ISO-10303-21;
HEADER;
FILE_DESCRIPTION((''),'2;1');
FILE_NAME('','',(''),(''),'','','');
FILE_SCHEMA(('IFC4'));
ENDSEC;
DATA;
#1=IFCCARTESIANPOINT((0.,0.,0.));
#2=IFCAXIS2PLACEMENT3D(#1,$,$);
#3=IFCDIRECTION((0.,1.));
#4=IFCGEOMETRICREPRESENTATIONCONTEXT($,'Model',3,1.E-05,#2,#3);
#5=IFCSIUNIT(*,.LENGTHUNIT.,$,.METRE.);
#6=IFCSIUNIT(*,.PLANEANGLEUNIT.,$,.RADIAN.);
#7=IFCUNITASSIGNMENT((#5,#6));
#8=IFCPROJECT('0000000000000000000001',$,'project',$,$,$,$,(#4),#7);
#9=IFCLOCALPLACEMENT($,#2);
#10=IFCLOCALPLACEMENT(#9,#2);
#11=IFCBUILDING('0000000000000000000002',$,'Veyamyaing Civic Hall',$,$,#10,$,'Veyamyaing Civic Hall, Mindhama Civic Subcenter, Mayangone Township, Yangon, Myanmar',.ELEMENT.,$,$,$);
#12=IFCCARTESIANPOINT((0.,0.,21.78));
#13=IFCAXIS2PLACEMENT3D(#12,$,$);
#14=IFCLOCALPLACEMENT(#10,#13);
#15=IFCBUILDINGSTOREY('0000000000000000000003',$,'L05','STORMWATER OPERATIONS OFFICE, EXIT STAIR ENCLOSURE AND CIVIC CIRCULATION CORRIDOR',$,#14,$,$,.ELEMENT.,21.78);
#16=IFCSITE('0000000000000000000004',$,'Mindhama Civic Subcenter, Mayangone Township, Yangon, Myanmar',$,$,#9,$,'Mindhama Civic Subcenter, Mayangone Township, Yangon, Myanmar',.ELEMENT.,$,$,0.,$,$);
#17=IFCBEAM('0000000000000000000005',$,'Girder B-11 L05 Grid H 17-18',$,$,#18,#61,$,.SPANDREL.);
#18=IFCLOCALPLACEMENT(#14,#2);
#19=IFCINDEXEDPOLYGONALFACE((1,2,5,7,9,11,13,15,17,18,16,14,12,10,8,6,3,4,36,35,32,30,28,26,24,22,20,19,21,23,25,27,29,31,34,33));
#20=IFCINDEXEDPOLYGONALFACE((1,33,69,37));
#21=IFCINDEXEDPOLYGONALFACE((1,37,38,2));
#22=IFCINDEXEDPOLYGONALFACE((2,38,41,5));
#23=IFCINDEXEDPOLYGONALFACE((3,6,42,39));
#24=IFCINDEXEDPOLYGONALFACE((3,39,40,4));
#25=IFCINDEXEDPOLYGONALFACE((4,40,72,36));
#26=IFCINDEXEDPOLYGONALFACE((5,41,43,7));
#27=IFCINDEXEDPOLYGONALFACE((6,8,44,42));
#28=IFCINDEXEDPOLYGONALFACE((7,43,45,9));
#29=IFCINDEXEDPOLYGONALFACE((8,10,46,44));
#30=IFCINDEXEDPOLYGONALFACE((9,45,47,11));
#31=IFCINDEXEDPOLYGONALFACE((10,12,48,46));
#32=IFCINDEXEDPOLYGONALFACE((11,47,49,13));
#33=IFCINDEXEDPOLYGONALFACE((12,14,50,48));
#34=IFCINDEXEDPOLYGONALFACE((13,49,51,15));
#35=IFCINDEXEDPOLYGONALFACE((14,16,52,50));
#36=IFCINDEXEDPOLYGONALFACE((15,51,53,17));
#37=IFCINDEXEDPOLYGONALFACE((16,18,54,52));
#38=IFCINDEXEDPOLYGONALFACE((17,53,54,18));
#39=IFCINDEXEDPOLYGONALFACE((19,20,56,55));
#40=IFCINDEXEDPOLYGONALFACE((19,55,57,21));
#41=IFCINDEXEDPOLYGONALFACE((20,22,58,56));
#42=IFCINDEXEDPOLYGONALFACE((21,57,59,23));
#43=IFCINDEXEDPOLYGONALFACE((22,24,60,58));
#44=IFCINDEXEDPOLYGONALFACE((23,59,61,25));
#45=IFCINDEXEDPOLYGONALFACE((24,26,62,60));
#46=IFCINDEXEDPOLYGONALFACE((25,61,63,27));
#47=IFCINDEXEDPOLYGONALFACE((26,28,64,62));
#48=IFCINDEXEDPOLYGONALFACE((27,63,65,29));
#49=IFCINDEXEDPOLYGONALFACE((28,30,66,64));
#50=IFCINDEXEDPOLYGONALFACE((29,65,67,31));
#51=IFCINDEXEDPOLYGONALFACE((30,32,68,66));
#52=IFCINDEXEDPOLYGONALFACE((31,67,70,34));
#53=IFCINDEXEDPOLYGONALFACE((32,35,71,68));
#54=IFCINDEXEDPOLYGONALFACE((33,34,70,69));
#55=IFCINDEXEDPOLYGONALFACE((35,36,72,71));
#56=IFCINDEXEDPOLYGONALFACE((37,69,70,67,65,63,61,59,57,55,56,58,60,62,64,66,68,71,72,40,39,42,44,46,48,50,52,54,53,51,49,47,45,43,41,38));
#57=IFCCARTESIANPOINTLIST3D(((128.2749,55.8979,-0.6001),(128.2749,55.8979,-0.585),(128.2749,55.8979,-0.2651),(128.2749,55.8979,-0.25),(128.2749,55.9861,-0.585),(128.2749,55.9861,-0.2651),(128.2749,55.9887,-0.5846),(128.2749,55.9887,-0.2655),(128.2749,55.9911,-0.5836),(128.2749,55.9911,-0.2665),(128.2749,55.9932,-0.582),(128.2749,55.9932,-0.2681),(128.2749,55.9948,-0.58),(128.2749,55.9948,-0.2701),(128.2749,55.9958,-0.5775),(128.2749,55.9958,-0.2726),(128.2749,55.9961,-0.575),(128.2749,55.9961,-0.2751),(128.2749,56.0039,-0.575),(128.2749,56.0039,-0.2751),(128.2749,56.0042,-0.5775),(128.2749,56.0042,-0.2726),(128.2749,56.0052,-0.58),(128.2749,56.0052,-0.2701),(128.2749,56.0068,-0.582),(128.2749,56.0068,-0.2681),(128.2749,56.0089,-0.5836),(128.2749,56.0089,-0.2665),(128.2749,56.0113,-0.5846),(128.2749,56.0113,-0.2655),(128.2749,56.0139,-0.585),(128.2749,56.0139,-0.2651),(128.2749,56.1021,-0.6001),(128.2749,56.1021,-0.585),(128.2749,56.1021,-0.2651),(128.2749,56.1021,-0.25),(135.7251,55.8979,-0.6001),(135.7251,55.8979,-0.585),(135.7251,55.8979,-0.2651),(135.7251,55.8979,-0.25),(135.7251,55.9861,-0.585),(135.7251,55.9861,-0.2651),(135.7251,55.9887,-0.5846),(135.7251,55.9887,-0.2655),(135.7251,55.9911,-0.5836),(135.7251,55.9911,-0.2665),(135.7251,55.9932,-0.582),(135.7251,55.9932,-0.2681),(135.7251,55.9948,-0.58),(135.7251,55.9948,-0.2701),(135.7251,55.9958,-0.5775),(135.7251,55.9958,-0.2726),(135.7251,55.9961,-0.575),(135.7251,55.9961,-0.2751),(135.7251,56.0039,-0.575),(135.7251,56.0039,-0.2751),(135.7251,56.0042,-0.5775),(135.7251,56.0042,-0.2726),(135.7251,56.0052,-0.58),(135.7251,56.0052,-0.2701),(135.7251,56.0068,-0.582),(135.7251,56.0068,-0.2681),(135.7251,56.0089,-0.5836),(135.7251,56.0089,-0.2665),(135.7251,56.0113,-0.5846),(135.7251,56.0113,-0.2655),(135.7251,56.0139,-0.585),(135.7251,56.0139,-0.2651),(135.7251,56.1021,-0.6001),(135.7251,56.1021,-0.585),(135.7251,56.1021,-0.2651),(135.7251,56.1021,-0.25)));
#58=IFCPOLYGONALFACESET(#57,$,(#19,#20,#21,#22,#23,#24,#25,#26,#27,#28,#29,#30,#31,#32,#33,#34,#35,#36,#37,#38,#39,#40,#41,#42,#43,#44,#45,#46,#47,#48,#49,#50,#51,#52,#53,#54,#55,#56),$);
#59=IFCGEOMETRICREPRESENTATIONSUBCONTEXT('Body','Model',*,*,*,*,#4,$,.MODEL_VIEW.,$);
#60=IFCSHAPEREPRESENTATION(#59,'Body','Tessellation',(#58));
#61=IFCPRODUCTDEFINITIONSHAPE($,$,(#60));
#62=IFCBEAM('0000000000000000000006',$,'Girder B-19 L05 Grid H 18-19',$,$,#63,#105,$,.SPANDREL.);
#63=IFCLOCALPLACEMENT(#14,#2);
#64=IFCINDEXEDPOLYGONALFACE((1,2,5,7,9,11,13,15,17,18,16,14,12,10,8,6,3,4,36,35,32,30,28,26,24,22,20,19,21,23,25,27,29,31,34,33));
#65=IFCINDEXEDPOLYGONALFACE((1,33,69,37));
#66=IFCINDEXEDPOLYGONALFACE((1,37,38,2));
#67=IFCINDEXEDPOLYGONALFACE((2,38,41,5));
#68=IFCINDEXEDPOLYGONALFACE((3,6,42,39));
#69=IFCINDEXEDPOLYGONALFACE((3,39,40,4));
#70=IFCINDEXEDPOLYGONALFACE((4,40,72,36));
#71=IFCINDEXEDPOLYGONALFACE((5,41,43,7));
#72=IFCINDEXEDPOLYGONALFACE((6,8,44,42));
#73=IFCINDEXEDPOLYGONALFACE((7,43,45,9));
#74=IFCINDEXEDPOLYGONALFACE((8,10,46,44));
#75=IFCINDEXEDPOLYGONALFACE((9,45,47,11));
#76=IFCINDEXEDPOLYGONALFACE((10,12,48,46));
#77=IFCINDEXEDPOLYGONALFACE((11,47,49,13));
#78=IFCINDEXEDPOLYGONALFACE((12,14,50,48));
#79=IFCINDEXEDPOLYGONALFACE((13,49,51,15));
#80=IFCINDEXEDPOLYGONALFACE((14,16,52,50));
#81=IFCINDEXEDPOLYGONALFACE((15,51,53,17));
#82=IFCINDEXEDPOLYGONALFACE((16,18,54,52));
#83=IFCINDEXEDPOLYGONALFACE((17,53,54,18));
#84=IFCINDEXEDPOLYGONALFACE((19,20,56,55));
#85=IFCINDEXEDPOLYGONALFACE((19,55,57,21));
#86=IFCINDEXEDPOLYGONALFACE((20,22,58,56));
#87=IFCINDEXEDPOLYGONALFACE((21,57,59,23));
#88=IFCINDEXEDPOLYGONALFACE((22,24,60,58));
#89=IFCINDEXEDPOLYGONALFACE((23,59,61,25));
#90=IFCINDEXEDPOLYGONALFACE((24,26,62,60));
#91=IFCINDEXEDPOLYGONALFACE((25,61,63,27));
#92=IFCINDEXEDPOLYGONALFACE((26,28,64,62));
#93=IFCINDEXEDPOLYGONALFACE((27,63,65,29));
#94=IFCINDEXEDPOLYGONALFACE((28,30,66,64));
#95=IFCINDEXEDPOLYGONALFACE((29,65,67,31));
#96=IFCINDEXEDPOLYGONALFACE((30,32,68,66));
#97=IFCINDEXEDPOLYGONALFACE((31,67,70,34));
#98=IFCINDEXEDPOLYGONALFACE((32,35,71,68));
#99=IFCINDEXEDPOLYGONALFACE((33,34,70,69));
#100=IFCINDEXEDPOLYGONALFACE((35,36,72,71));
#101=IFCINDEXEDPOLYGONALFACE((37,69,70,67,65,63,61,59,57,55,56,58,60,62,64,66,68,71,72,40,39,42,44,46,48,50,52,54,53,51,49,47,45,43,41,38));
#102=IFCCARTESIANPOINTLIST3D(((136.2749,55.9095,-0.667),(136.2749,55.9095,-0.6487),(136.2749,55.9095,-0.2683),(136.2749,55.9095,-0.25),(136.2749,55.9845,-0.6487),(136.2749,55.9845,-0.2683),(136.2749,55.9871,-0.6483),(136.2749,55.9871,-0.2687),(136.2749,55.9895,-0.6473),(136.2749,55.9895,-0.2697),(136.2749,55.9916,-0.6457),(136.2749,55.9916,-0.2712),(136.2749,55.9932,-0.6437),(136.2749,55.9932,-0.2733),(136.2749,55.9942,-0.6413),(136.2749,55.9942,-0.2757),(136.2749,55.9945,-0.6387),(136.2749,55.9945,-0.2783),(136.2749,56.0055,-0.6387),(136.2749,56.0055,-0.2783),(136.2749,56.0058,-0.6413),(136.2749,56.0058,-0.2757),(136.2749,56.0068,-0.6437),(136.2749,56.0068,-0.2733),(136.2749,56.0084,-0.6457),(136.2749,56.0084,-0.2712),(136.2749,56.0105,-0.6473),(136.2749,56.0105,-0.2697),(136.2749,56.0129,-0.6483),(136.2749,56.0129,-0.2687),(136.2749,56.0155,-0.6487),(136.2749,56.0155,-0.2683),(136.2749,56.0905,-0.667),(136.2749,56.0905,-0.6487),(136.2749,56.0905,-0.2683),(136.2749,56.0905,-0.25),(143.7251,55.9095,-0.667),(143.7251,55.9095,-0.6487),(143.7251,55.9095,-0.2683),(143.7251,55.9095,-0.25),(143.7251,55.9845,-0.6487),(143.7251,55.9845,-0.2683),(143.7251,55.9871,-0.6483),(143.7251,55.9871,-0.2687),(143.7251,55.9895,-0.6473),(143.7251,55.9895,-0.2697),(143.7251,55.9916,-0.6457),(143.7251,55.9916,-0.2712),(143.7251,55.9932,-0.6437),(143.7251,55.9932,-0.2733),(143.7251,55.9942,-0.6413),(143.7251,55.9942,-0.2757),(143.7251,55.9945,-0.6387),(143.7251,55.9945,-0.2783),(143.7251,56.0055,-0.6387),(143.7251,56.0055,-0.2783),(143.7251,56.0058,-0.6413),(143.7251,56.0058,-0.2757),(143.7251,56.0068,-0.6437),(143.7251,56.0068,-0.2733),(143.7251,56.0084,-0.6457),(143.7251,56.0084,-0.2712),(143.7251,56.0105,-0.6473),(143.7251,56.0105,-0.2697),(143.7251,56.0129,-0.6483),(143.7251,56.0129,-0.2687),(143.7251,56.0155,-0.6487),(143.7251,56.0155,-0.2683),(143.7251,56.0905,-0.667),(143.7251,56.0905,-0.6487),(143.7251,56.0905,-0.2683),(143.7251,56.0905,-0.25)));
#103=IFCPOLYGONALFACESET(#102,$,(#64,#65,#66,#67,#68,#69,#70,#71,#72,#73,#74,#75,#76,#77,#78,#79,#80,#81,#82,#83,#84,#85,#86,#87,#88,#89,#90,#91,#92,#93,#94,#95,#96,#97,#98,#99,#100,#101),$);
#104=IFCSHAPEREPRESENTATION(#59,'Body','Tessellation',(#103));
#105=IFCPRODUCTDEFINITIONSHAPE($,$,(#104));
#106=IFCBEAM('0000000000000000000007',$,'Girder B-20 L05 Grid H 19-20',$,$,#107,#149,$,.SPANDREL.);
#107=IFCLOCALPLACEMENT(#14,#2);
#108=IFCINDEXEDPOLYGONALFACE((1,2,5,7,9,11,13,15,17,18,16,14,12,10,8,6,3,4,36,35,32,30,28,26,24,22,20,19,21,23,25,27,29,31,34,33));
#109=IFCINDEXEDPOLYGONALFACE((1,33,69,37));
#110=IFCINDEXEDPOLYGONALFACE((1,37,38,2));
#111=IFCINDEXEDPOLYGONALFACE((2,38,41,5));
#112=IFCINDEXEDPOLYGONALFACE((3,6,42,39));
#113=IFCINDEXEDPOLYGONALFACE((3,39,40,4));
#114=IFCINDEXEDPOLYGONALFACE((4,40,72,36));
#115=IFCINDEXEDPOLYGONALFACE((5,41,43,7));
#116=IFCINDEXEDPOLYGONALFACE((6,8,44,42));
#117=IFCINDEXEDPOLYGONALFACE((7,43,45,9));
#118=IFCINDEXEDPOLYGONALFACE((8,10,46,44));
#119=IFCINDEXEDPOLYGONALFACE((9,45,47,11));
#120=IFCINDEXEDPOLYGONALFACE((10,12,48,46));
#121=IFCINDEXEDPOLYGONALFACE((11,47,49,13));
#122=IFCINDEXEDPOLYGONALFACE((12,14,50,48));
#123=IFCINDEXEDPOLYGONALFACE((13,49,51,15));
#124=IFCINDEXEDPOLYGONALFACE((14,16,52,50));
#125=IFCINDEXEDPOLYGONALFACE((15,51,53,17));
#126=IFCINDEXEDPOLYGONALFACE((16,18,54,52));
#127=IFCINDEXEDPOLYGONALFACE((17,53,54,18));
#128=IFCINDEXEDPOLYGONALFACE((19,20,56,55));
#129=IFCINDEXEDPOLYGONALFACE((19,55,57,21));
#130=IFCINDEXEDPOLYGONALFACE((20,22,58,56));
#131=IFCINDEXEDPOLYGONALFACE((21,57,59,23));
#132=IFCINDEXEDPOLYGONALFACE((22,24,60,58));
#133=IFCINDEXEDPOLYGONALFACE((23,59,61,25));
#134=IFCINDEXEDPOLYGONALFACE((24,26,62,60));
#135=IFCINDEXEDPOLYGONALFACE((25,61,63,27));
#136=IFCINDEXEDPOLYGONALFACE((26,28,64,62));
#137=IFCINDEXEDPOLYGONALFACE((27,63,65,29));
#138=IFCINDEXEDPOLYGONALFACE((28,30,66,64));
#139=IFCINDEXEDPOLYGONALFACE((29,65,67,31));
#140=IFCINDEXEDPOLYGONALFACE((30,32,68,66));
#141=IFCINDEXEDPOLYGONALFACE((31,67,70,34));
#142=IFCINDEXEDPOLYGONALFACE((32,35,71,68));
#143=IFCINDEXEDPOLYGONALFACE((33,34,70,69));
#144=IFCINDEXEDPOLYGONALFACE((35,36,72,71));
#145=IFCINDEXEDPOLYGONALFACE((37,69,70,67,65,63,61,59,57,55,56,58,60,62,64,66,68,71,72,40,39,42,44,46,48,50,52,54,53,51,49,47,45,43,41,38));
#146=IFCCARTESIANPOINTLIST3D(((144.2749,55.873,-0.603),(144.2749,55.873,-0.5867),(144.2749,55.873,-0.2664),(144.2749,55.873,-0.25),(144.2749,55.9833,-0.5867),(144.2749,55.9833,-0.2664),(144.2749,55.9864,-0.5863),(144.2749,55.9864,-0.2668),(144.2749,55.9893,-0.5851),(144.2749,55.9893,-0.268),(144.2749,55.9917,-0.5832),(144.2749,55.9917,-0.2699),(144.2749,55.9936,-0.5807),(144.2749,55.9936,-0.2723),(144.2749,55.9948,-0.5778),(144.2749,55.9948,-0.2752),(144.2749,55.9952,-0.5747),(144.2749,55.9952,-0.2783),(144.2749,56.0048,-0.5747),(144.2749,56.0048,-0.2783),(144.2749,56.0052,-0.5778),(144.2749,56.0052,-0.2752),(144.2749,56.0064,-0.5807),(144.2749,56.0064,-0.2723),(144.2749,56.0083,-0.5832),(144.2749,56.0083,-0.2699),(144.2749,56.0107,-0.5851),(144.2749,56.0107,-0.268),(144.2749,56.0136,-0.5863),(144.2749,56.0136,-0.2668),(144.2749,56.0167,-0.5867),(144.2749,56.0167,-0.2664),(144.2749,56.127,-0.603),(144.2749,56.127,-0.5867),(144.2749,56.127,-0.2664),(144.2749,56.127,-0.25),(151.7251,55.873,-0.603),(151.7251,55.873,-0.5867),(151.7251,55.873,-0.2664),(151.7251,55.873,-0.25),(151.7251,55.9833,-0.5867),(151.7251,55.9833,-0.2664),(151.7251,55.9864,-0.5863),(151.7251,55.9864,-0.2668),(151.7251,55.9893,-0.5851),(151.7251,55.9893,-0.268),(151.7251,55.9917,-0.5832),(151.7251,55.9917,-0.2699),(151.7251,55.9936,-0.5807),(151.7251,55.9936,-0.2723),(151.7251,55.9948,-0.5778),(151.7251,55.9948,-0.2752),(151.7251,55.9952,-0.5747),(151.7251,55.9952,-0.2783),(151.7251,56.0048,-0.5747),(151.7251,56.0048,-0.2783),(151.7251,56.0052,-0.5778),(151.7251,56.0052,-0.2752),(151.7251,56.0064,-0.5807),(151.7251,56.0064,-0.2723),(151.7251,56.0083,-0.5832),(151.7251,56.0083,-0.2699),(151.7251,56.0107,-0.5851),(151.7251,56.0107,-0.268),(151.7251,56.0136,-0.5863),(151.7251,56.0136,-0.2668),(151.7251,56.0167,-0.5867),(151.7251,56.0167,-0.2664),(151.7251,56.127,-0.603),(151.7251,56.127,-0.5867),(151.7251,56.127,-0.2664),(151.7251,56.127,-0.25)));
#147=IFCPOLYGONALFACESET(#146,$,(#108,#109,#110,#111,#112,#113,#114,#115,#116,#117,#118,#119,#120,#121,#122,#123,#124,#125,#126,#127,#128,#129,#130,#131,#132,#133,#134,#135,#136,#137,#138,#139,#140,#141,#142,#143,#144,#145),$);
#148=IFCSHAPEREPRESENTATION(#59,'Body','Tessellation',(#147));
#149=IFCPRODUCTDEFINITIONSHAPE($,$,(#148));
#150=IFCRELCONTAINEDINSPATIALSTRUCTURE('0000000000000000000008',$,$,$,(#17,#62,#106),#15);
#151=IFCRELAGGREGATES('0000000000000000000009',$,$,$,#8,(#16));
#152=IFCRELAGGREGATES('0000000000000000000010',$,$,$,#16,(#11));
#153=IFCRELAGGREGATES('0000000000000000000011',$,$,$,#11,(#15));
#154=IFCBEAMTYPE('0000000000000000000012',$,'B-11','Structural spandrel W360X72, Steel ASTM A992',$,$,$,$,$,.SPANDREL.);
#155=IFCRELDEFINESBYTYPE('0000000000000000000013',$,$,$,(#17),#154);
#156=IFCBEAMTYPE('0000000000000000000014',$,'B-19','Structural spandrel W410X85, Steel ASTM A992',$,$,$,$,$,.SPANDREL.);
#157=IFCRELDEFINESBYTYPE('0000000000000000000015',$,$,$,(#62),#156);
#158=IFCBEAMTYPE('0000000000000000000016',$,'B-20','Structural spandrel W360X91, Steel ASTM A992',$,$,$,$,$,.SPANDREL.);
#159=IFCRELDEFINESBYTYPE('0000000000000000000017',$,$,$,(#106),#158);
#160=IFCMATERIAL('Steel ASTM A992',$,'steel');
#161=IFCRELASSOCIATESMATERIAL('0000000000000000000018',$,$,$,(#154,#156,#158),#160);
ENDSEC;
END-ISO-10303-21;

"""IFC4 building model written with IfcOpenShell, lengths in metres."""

from ifc_helpers import new_model, si_unit, direction, frame, origin, origin_2d, place, context, subcontext, project, spatial, i_section, extrude, material, material_profile, profile_set, type_object, element, save


model = new_model("IFC4")

# Units and contexts
model_context = context("Model", 3, precision=1e-05, world=origin(), true_north=direction((0.0, 1.0)))
body_context = subcontext(model_context, "Body", "Model", "MODEL_VIEW")
ifc_project = project(units=[si_unit("LENGTHUNIT", "METRE"), si_unit("PLANEANGLEUNIT", "RADIAN")], contexts=[model_context])

# Site, building, storey
site_placement = place(None, origin())
site = spatial("IfcSite", under=ifc_project, at=site_placement, Name="Mindhama Civic Subcenter, Mayangone Township, Yangon, Myanmar", LongName="Mindhama Civic Subcenter, Mayangone Township, Yangon, Myanmar", CompositionType="ELEMENT", RefElevation=0.0)
building_placement = place(site_placement, origin())
building = spatial("IfcBuilding", under=site, at=building_placement, Name="Veyamyaing Civic Hall", LongName="Veyamyaing Civic Hall, Mindhama Civic Subcenter, Mayangone Township, Yangon, Myanmar", CompositionType="ELEMENT")
storey_placement = place(building_placement, frame((0.0, 0.0, 21.78)))
storey = spatial("IfcBuildingStorey", under=building, at=storey_placement, Name="L05", Description="STORMWATER OPERATIONS OFFICE, EXIT STAIR ENCLOSURE AND CIVIC CIRCULATION CORRIDOR", CompositionType="ELEMENT", Elevation=21.78)

# Beams
ifc_material = material(Name="Steel ASTM A992", Category="steel")
ifc_material_profile_1 = material_profile(ifc_material, i_section(OverallWidth=0.2041, OverallDepth=0.3501, WebThickness=0.0078, FlangeThickness=0.0151, FilletRadius=0.01, at=origin_2d()), Name="W360X72")
ifc_profile_set_1 = profile_set([ifc_material_profile_1], Name="Steel ASTM A992")
beam_type_1 = type_object("IfcBeamType", Name="B-11", Description="Structural spandrel W360X72, Steel ASTM A992", PredefinedType="SPANDREL", material=ifc_profile_set_1)
beam_1_placement = place(storey_placement, frame((128.2749, 56.0, -0.425), z_axis=(1.0, 0.0, 0.0), x_axis=(0.0, 1.0, 0.0)))
element("IfcBeam", 1, at=beam_1_placement, inside=storey, type_object=beam_type_1, Name="Girder B-11 L05 Grid H 17-18", PredefinedType="SPANDREL", context=body_context, shape_type="SweptSolid", body=[
    extrude(i_section(OverallWidth=0.2041, OverallDepth=0.3501, WebThickness=0.0078, FlangeThickness=0.0151, FilletRadius=0.01, at=origin_2d()), origin(), (0.0, 0.0, 1.0), 7.4502),
])
ifc_material_profile_2 = material_profile(ifc_material, i_section(OverallWidth=0.1809, OverallDepth=0.417, WebThickness=0.011, FlangeThickness=0.0183, FilletRadius=0.01, at=origin_2d()), Name="W410X85")
ifc_profile_set_2 = profile_set([ifc_material_profile_2], Name="Steel ASTM A992")
beam_type_2 = type_object("IfcBeamType", Name="B-19", Description="Structural spandrel W410X85, Steel ASTM A992", PredefinedType="SPANDREL", material=ifc_profile_set_2)
beam_2_placement = place(storey_placement, frame((136.2749, 56.0, -0.4585), z_axis=(1.0, 0.0, 0.0), x_axis=(0.0, 1.0, 0.0)))
element("IfcBeam", 2, at=beam_2_placement, inside=storey, type_object=beam_type_2, Name="Girder B-19 L05 Grid H 18-19", PredefinedType="SPANDREL", context=body_context, shape_type="SweptSolid", body=[
    extrude(i_section(OverallWidth=0.1809, OverallDepth=0.417, WebThickness=0.011, FlangeThickness=0.0183, FilletRadius=0.01, at=origin_2d()), origin(), (0.0, 0.0, 1.0), 7.4502),
])
ifc_material_profile_3 = material_profile(ifc_material, i_section(OverallWidth=0.2539, OverallDepth=0.353, WebThickness=0.0095, FlangeThickness=0.0164, FilletRadius=0.012, at=origin_2d()), Name="W360X91")
ifc_profile_set_3 = profile_set([ifc_material_profile_3], Name="Steel ASTM A992")
beam_type_3 = type_object("IfcBeamType", Name="B-20", Description="Structural spandrel W360X91, Steel ASTM A992", PredefinedType="SPANDREL", material=ifc_profile_set_3)
beam_3_placement = place(storey_placement, frame((144.2749, 56.0, -0.4265), z_axis=(1.0, 0.0, 0.0), x_axis=(0.0, 1.0, 0.0)))
element("IfcBeam", 3, at=beam_3_placement, inside=storey, type_object=beam_type_3, Name="Girder B-20 L05 Grid H 19-20", PredefinedType="SPANDREL", context=body_context, shape_type="SweptSolid", body=[
    extrude(i_section(OverallWidth=0.2539, OverallDepth=0.353, WebThickness=0.0095, FlangeThickness=0.0164, FilletRadius=0.012, at=origin_2d()), origin(), (0.0, 0.0, 1.0), 7.4502),
])

save(model, "model.ifc")
